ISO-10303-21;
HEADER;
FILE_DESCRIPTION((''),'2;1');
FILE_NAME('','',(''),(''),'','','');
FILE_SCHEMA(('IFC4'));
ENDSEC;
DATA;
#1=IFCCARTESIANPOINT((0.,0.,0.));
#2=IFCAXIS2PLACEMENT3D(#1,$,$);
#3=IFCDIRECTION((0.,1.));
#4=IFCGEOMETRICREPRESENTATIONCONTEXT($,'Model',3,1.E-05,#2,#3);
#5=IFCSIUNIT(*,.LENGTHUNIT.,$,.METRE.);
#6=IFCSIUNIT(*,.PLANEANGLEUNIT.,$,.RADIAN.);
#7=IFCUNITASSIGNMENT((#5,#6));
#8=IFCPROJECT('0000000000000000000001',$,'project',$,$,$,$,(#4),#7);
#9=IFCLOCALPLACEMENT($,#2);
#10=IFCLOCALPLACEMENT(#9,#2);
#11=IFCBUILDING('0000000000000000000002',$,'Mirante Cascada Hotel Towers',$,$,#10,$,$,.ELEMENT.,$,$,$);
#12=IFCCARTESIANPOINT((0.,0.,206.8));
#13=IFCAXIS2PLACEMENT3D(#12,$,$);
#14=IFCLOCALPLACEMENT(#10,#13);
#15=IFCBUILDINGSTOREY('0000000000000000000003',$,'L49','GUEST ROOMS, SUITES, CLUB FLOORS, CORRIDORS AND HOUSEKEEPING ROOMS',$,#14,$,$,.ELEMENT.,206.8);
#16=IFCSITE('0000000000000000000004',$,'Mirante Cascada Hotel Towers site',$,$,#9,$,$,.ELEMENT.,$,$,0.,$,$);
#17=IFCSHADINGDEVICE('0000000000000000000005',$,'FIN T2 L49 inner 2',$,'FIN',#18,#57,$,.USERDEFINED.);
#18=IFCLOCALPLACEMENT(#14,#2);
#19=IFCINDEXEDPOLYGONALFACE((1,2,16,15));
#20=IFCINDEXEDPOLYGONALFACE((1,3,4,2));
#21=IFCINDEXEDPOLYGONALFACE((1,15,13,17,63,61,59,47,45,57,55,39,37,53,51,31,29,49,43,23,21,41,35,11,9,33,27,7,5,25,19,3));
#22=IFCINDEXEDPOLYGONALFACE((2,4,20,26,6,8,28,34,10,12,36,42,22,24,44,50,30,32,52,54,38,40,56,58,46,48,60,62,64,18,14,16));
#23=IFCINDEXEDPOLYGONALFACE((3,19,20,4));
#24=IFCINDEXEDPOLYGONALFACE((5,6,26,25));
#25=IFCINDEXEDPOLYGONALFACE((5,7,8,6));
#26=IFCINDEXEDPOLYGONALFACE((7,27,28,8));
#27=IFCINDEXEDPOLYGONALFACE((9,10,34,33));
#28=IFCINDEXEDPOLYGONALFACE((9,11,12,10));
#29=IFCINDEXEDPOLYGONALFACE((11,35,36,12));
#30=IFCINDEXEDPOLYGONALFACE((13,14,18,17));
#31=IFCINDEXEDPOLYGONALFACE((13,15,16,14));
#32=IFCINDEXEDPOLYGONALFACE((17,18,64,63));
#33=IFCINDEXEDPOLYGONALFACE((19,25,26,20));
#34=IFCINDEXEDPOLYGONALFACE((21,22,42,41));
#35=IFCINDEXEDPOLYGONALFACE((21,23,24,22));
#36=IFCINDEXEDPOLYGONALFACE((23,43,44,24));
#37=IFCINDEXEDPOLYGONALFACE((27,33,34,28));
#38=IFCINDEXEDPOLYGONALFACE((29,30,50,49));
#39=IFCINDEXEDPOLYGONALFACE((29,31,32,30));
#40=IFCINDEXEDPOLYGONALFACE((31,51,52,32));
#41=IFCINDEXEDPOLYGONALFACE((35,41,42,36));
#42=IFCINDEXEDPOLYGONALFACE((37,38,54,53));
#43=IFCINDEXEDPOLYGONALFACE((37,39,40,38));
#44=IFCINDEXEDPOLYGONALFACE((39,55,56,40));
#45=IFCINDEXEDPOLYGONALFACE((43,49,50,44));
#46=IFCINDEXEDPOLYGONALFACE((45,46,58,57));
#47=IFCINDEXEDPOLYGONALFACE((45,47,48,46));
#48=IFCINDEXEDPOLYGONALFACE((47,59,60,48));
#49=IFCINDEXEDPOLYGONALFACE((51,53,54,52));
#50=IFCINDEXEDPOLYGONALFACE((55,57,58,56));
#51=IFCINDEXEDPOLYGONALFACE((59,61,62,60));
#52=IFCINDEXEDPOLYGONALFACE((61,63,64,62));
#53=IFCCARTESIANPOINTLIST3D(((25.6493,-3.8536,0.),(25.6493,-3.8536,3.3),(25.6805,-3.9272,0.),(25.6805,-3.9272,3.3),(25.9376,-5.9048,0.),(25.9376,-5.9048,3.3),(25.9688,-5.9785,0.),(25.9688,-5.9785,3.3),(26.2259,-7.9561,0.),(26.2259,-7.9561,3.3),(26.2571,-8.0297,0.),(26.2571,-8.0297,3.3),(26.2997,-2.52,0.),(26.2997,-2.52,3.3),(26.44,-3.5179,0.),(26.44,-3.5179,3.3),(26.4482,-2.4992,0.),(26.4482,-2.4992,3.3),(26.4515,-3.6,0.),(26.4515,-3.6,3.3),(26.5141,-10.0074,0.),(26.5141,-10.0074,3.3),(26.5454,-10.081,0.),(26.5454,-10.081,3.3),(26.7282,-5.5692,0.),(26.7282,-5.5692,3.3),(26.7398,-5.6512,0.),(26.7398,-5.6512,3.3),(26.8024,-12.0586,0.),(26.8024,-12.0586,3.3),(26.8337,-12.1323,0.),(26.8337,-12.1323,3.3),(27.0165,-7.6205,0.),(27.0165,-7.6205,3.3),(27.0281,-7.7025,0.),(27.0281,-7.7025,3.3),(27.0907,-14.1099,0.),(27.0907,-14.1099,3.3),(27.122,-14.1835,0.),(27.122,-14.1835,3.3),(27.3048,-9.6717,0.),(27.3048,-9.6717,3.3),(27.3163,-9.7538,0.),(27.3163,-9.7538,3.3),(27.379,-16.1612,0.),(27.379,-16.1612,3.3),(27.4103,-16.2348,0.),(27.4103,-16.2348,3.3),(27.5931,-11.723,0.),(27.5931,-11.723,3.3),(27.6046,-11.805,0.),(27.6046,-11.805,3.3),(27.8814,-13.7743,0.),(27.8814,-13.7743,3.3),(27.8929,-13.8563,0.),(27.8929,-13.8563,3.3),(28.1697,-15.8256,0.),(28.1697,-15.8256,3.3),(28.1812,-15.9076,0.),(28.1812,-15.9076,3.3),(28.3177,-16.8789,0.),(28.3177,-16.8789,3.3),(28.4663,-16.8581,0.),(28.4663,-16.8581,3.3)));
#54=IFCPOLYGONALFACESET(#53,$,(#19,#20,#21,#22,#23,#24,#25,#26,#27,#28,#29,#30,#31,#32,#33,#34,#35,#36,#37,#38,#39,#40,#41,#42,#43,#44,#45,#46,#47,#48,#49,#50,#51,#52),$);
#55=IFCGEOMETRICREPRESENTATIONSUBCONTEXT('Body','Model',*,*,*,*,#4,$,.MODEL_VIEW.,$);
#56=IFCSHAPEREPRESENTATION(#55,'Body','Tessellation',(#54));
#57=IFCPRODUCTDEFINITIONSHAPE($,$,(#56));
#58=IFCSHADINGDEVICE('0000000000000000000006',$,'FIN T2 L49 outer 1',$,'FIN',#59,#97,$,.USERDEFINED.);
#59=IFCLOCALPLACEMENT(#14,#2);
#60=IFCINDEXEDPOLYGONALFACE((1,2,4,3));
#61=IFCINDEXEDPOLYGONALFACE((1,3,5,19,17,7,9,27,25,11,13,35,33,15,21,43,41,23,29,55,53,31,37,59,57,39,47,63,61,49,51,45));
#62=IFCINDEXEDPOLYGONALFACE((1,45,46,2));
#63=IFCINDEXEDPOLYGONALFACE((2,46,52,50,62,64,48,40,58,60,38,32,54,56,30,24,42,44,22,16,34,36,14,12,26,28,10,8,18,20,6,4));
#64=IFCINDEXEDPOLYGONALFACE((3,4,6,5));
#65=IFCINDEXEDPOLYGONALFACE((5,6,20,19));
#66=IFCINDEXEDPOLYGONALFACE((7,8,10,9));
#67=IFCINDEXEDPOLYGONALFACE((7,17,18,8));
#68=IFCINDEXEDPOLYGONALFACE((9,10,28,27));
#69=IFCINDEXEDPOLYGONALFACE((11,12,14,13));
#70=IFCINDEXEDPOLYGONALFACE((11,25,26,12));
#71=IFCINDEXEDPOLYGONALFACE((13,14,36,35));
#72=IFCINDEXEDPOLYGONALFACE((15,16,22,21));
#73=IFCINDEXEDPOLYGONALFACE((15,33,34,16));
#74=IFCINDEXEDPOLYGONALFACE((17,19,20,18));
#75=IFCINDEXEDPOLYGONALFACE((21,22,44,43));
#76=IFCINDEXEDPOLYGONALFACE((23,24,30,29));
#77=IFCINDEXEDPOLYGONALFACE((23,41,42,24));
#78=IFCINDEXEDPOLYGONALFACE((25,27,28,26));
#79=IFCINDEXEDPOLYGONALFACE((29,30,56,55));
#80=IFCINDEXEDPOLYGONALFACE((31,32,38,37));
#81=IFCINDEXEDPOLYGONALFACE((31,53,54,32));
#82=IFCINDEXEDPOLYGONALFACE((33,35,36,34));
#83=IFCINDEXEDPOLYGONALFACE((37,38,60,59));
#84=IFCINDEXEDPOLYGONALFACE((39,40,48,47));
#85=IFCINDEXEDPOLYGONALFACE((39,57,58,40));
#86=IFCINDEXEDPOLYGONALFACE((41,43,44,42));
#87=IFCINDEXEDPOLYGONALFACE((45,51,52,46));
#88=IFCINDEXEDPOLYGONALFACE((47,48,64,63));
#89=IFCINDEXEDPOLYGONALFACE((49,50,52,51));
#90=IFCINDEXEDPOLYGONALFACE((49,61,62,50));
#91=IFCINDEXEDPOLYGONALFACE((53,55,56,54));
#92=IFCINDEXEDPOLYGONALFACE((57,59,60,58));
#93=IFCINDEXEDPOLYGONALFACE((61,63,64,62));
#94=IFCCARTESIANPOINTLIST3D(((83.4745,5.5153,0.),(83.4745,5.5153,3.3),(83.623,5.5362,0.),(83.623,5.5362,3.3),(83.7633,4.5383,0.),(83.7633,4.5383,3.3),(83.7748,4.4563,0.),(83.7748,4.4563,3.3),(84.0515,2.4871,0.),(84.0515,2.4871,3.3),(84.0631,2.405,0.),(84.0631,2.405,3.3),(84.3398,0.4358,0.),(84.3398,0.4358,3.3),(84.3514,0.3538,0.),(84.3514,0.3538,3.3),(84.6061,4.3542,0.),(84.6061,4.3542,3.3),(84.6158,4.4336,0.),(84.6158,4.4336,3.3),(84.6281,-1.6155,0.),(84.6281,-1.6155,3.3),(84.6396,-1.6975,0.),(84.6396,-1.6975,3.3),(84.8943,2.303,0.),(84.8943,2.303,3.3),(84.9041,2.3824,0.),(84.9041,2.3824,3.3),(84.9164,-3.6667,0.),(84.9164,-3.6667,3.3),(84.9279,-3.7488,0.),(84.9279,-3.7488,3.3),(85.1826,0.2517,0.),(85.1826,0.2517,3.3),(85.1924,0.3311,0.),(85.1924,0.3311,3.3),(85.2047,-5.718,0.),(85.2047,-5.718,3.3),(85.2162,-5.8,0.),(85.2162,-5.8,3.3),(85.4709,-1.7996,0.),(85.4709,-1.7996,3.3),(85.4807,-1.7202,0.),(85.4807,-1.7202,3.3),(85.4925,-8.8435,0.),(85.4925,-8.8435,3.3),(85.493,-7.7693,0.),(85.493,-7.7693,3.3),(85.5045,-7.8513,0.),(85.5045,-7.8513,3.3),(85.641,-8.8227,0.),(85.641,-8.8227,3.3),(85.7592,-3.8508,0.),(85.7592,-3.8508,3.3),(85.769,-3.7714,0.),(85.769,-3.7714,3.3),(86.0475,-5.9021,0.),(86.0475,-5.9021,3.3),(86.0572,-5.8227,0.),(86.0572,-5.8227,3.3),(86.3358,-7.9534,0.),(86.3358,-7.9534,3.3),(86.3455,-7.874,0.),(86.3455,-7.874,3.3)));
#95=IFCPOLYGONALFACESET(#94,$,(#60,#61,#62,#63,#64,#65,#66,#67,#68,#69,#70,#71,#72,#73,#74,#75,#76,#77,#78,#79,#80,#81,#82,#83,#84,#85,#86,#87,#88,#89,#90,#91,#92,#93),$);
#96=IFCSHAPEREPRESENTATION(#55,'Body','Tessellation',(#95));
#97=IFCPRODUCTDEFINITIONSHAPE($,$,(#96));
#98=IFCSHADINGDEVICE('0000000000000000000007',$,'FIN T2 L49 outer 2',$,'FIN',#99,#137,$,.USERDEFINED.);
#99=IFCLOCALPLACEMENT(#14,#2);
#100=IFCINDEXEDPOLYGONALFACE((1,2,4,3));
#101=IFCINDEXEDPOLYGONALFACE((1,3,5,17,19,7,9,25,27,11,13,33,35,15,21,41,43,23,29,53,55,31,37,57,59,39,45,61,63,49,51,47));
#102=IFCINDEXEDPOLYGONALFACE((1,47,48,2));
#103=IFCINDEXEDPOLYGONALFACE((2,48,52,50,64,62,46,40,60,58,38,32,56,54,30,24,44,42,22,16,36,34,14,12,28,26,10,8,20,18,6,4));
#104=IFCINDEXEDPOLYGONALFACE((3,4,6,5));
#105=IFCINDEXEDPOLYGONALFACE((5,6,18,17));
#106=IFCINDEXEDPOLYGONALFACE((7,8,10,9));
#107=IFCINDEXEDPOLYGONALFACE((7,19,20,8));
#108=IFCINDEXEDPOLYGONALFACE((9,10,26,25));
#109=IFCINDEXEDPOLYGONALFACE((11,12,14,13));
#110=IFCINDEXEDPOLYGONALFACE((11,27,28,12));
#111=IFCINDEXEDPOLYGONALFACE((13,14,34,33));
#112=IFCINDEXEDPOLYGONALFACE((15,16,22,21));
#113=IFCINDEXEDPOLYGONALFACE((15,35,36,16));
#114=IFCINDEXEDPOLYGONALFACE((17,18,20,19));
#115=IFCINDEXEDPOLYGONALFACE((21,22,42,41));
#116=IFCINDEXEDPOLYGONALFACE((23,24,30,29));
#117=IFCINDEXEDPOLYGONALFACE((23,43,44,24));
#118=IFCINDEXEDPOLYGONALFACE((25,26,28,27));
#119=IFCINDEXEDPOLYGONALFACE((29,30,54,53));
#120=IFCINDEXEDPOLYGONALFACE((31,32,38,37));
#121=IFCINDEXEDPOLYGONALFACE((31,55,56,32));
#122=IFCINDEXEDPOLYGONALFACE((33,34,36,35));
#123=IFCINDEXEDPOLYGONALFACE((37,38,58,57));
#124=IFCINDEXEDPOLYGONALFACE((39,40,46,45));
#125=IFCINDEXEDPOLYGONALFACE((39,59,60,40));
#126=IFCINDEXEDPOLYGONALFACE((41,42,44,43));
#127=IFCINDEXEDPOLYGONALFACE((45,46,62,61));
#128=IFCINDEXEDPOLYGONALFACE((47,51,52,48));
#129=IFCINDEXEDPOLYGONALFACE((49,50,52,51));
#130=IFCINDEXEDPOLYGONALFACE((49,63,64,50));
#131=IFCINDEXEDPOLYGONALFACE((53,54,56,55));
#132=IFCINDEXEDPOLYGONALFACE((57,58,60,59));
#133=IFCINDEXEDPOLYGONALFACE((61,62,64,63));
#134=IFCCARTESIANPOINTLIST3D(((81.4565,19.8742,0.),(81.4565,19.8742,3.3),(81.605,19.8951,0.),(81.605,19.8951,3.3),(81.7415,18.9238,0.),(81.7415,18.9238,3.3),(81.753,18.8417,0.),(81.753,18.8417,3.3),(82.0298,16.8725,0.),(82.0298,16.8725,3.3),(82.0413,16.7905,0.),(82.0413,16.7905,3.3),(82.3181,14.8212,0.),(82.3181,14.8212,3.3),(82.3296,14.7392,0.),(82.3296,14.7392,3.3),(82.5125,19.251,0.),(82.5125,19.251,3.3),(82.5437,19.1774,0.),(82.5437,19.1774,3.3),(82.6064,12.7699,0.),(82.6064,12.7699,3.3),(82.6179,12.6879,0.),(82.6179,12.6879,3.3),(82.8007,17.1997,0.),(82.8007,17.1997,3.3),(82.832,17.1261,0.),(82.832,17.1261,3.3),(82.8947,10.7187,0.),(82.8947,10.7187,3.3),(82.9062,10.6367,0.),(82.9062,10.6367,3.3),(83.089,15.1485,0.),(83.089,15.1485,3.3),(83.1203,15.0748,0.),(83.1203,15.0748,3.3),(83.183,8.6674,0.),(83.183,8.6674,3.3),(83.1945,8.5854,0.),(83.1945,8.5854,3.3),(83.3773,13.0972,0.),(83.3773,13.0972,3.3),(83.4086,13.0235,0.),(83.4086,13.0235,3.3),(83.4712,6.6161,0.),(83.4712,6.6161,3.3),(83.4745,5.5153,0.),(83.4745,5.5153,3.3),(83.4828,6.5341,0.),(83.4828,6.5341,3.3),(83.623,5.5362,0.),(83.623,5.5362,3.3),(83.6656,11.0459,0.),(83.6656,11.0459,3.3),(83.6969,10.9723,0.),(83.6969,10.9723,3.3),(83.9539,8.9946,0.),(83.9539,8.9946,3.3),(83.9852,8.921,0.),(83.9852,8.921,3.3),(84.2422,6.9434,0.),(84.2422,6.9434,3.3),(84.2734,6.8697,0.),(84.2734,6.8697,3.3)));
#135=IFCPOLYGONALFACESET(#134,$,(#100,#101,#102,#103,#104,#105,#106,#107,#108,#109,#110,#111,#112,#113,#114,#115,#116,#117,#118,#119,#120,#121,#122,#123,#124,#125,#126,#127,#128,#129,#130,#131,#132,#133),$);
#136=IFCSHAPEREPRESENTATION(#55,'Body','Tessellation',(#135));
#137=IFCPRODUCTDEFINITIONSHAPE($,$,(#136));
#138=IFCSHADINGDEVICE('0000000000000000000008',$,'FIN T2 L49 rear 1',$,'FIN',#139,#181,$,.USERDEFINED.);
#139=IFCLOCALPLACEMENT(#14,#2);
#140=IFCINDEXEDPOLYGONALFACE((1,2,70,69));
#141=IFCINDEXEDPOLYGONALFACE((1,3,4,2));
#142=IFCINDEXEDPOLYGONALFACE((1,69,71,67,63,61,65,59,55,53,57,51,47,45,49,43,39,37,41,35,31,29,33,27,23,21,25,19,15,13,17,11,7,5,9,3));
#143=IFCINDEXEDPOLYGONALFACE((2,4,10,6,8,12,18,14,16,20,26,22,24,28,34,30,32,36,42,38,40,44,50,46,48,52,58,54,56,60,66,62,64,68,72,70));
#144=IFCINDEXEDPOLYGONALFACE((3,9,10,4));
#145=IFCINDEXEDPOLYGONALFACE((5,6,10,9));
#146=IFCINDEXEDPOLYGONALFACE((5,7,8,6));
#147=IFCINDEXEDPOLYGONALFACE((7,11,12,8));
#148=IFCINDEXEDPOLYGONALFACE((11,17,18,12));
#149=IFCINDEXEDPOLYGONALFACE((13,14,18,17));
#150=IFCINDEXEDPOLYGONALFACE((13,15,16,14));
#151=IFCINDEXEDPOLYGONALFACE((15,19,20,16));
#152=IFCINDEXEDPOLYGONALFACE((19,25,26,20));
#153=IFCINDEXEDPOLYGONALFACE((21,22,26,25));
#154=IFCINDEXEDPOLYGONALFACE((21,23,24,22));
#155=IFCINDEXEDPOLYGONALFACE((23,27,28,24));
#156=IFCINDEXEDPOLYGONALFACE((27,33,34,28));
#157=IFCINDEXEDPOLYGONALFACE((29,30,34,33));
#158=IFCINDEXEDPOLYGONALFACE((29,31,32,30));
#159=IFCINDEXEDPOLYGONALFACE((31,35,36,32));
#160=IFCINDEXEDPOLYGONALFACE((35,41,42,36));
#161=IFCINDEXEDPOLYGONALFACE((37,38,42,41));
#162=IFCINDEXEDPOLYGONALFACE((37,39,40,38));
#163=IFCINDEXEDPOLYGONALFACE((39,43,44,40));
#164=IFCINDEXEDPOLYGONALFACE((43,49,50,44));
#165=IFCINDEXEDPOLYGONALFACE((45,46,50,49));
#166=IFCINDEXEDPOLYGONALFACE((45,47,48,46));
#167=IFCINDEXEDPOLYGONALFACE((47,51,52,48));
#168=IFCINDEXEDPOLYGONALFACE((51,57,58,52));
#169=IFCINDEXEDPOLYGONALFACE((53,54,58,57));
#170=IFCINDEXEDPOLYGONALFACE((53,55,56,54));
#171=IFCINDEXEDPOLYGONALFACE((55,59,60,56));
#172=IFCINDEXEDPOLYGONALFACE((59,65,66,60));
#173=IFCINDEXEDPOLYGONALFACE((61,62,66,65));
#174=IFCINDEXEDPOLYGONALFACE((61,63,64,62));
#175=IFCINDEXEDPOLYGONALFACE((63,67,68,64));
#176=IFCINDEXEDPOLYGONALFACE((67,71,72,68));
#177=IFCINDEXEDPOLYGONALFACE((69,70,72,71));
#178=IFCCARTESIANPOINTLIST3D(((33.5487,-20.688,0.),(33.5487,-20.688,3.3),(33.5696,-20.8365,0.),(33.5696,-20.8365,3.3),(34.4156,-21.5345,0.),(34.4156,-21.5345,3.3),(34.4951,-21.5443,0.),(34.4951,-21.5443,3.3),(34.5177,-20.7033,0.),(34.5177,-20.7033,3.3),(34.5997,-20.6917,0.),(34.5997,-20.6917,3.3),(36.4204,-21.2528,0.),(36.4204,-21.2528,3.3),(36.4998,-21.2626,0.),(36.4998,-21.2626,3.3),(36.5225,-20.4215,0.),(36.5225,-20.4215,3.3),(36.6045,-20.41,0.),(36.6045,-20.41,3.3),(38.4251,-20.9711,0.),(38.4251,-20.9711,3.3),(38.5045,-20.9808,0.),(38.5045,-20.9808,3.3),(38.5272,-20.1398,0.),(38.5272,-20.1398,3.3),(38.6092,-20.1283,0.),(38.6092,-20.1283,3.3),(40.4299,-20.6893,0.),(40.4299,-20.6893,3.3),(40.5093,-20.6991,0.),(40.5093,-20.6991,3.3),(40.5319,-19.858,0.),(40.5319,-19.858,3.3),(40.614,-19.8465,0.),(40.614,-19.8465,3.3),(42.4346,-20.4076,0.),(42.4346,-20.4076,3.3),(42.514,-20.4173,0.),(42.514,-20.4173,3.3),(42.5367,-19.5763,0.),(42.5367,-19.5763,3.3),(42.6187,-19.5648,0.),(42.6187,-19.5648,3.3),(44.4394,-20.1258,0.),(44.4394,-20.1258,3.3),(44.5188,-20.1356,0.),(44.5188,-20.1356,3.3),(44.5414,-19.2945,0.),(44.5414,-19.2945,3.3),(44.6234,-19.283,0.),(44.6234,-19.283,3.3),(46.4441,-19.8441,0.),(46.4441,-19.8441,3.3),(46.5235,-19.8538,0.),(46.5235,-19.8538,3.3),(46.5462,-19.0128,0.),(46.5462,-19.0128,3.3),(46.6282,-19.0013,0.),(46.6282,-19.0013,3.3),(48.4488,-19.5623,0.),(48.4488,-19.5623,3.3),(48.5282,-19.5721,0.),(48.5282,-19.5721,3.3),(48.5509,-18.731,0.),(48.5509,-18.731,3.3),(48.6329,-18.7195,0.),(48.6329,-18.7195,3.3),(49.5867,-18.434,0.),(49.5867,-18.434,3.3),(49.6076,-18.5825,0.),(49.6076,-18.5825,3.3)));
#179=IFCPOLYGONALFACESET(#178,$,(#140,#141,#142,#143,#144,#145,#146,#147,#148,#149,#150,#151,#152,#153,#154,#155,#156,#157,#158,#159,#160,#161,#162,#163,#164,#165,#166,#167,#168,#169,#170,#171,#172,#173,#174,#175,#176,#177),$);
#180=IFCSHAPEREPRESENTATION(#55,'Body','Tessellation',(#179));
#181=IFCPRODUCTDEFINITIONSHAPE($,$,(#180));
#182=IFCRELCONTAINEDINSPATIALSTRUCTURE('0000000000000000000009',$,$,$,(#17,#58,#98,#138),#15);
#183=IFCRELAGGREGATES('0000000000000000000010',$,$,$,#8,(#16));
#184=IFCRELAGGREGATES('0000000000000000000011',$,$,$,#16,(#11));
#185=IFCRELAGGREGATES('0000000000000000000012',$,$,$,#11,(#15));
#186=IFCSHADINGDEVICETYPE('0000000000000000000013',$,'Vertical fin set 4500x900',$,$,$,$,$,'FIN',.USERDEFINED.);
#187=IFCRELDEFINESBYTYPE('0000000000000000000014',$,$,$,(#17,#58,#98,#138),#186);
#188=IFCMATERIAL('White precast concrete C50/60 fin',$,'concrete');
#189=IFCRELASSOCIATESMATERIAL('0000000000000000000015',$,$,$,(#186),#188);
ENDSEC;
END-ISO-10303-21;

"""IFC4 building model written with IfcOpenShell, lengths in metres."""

from ifc_helpers import new_model, si_unit, direction, frame, origin, place, context, subcontext, project, spatial, polyline, outline, extrude, material, type_object, element, save


model = new_model("IFC4")

# Units and contexts
model_context = context("Model", 3, precision=1e-05, world=origin(), true_north=direction((0.0, 1.0)))
body_context = subcontext(model_context, "Body", "Model", "MODEL_VIEW")
ifc_project = project(units=[si_unit("LENGTHUNIT", "METRE"), si_unit("PLANEANGLEUNIT", "RADIAN")], contexts=[model_context])

# Site, building, storey
site_placement = place(None, origin())
site = spatial("IfcSite", under=ifc_project, at=site_placement, Name="Mirante Cascada Hotel Towers site", CompositionType="ELEMENT", RefElevation=0.0)
building_placement = place(site_placement, origin())
building = spatial("IfcBuilding", under=site, at=building_placement, Name="Mirante Cascada Hotel Towers", CompositionType="ELEMENT")
storey_placement = place(building_placement, frame((0.0, 0.0, 206.8)))
storey = spatial("IfcBuildingStorey", under=building, at=storey_placement, Name="L49", Description="GUEST ROOMS, SUITES, CLUB FLOORS, CORRIDORS AND HOUSEKEEPING ROOMS", CompositionType="ELEMENT", Elevation=206.8)

# Shading devices
ifc_material_1 = material(Name="White precast concrete C50/60 fin", Category="concrete")
shading_device_type = type_object("IfcShadingDeviceType", Name="Vertical fin set 4500x900", ElementType="FIN", PredefinedType="USERDEFINED", material=ifc_material_1)
shading_device_1_placement = place(storey_placement, origin())
element("IfcShadingDevice", 1, at=shading_device_1_placement, inside=storey, type_object=shading_device_type, Name="FIN T2 L49 inner 2", ObjectType="FIN", PredefinedType="USERDEFINED", context=body_context, shape_type="SweptSolid", body=[
    extrude(outline(polyline([(27.379, -16.1612), (28.1697, -15.8256), (27.8929, -13.8563), (27.122, -14.1835), (27.0907, -14.1099), (27.8814, -13.7743), (27.6046, -11.805), (26.8337, -12.1323), (26.8024, -12.0586), (27.5931, -11.723), (27.3163, -9.7538), (26.5454, -10.081), (26.5141, -10.0074), (27.3048, -9.6717), (27.0281, -7.7025), (26.2571, -8.0297), (26.2259, -7.9561), (27.0165, -7.6205), (26.7398, -5.6512), (25.9688, -5.9785), (25.9376, -5.9048), (26.7282, -5.5692), (26.4515, -3.6), (25.6805, -3.9272), (25.6493, -3.8536), (26.44, -3.5179), (26.2997, -2.52), (26.4482, -2.4992), (28.4663, -16.8581), (28.3177, -16.8789), (28.1812, -15.9076), (27.4103, -16.2348), (27.379, -16.1612)])), origin(), (0.0, 0.0, 1.0), 3.3),
])
shading_device_2_placement = place(storey_placement, origin())
element("IfcShadingDevice", 2, at=shading_device_2_placement, inside=storey, type_object=shading_device_type, Name="FIN T2 L49 outer 1", ObjectType="FIN", PredefinedType="USERDEFINED", context=body_context, shape_type="SweptSolid", body=[
    extrude(outline(polyline([(86.3358, -7.9534), (85.5045, -7.8513), (85.641, -8.8227), (85.4925, -8.8435), (83.4745, 5.5153), (83.623, 5.5362), (83.7633, 4.5383), (84.6158, 4.4336), (84.6061, 4.3542), (83.7748, 4.4563), (84.0515, 2.4871), (84.9041, 2.3824), (84.8943, 2.303), (84.0631, 2.405), (84.3398, 0.4358), (85.1924, 0.3311), (85.1826, 0.2517), (84.3514, 0.3538), (84.6281, -1.6155), (85.4807, -1.7202), (85.4709, -1.7996), (84.6396, -1.6975), (84.9164, -3.6667), (85.769, -3.7714), (85.7592, -3.8508), (84.9279, -3.7488), (85.2047, -5.718), (86.0572, -5.8227), (86.0475, -5.9021), (85.2162, -5.8), (85.493, -7.7693), (86.3455, -7.874), (86.3358, -7.9534)])), origin(), (0.0, 0.0, 1.0), 3.3),
])
shading_device_3_placement = place(storey_placement, origin())
element("IfcShadingDevice", 3, at=shading_device_3_placement, inside=storey, type_object=shading_device_type, Name="FIN T2 L49 outer 2", ObjectType="FIN", PredefinedType="USERDEFINED", context=body_context, shape_type="SweptSolid", body=[
    extrude(outline(polyline([(84.2734, 6.8697), (83.4828, 6.5341), (83.623, 5.5362), (83.4745, 5.5153), (81.4565, 19.8742), (81.605, 19.8951), (81.7415, 18.9238), (82.5125, 19.251), (82.5437, 19.1774), (81.753, 18.8417), (82.0298, 16.8725), (82.8007, 17.1997), (82.832, 17.1261), (82.0413, 16.7905), (82.3181, 14.8212), (83.089, 15.1485), (83.1203, 15.0748), (82.3296, 14.7392), (82.6064, 12.7699), (83.3773, 13.0972), (83.4086, 13.0235), (82.6179, 12.6879), (82.8947, 10.7187), (83.6656, 11.0459), (83.6969, 10.9723), (82.9062, 10.6367), (83.183, 8.6674), (83.9539, 8.9946), (83.9852, 8.921), (83.1945, 8.5854), (83.4712, 6.6161), (84.2422, 6.9434), (84.2734, 6.8697)])), origin(), (0.0, 0.0, 1.0), 3.3),
])
shading_device_4_placement = place(storey_placement, origin())
element("IfcShadingDevice", 4, at=shading_device_4_placement, inside=storey, type_object=shading_device_type, Name="FIN T2 L49 rear 1", ObjectType="FIN", PredefinedType="USERDEFINED", context=body_context, shape_type="SweptSolid", body=[
    extrude(outline(polyline([(34.4156, -21.5345), (34.5177, -20.7033), (33.5696, -20.8365), (33.5487, -20.688), (49.5867, -18.434), (49.6076, -18.5825), (48.6329, -18.7195), (48.5282, -19.5721), (48.4488, -19.5623), (48.5509, -18.731), (46.6282, -19.0013), (46.5235, -19.8538), (46.4441, -19.8441), (46.5462, -19.0128), (44.6234, -19.283), (44.5188, -20.1356), (44.4394, -20.1258), (44.5414, -19.2945), (42.6187, -19.5648), (42.514, -20.4173), (42.4346, -20.4076), (42.5367, -19.5763), (40.614, -19.8465), (40.5093, -20.6991), (40.4299, -20.6893), (40.5319, -19.858), (38.6092, -20.1283), (38.5045, -20.9808), (38.4251, -20.9711), (38.5272, -20.1398), (36.6045, -20.41), (36.4998, -21.2626), (36.4204, -21.2528), (36.5225, -20.4215), (34.5997, -20.6917), (34.4951, -21.5443), (34.4156, -21.5345)])), origin(), (0.0, 0.0, 1.0), 3.3),
])

save(model, "model.ifc")
